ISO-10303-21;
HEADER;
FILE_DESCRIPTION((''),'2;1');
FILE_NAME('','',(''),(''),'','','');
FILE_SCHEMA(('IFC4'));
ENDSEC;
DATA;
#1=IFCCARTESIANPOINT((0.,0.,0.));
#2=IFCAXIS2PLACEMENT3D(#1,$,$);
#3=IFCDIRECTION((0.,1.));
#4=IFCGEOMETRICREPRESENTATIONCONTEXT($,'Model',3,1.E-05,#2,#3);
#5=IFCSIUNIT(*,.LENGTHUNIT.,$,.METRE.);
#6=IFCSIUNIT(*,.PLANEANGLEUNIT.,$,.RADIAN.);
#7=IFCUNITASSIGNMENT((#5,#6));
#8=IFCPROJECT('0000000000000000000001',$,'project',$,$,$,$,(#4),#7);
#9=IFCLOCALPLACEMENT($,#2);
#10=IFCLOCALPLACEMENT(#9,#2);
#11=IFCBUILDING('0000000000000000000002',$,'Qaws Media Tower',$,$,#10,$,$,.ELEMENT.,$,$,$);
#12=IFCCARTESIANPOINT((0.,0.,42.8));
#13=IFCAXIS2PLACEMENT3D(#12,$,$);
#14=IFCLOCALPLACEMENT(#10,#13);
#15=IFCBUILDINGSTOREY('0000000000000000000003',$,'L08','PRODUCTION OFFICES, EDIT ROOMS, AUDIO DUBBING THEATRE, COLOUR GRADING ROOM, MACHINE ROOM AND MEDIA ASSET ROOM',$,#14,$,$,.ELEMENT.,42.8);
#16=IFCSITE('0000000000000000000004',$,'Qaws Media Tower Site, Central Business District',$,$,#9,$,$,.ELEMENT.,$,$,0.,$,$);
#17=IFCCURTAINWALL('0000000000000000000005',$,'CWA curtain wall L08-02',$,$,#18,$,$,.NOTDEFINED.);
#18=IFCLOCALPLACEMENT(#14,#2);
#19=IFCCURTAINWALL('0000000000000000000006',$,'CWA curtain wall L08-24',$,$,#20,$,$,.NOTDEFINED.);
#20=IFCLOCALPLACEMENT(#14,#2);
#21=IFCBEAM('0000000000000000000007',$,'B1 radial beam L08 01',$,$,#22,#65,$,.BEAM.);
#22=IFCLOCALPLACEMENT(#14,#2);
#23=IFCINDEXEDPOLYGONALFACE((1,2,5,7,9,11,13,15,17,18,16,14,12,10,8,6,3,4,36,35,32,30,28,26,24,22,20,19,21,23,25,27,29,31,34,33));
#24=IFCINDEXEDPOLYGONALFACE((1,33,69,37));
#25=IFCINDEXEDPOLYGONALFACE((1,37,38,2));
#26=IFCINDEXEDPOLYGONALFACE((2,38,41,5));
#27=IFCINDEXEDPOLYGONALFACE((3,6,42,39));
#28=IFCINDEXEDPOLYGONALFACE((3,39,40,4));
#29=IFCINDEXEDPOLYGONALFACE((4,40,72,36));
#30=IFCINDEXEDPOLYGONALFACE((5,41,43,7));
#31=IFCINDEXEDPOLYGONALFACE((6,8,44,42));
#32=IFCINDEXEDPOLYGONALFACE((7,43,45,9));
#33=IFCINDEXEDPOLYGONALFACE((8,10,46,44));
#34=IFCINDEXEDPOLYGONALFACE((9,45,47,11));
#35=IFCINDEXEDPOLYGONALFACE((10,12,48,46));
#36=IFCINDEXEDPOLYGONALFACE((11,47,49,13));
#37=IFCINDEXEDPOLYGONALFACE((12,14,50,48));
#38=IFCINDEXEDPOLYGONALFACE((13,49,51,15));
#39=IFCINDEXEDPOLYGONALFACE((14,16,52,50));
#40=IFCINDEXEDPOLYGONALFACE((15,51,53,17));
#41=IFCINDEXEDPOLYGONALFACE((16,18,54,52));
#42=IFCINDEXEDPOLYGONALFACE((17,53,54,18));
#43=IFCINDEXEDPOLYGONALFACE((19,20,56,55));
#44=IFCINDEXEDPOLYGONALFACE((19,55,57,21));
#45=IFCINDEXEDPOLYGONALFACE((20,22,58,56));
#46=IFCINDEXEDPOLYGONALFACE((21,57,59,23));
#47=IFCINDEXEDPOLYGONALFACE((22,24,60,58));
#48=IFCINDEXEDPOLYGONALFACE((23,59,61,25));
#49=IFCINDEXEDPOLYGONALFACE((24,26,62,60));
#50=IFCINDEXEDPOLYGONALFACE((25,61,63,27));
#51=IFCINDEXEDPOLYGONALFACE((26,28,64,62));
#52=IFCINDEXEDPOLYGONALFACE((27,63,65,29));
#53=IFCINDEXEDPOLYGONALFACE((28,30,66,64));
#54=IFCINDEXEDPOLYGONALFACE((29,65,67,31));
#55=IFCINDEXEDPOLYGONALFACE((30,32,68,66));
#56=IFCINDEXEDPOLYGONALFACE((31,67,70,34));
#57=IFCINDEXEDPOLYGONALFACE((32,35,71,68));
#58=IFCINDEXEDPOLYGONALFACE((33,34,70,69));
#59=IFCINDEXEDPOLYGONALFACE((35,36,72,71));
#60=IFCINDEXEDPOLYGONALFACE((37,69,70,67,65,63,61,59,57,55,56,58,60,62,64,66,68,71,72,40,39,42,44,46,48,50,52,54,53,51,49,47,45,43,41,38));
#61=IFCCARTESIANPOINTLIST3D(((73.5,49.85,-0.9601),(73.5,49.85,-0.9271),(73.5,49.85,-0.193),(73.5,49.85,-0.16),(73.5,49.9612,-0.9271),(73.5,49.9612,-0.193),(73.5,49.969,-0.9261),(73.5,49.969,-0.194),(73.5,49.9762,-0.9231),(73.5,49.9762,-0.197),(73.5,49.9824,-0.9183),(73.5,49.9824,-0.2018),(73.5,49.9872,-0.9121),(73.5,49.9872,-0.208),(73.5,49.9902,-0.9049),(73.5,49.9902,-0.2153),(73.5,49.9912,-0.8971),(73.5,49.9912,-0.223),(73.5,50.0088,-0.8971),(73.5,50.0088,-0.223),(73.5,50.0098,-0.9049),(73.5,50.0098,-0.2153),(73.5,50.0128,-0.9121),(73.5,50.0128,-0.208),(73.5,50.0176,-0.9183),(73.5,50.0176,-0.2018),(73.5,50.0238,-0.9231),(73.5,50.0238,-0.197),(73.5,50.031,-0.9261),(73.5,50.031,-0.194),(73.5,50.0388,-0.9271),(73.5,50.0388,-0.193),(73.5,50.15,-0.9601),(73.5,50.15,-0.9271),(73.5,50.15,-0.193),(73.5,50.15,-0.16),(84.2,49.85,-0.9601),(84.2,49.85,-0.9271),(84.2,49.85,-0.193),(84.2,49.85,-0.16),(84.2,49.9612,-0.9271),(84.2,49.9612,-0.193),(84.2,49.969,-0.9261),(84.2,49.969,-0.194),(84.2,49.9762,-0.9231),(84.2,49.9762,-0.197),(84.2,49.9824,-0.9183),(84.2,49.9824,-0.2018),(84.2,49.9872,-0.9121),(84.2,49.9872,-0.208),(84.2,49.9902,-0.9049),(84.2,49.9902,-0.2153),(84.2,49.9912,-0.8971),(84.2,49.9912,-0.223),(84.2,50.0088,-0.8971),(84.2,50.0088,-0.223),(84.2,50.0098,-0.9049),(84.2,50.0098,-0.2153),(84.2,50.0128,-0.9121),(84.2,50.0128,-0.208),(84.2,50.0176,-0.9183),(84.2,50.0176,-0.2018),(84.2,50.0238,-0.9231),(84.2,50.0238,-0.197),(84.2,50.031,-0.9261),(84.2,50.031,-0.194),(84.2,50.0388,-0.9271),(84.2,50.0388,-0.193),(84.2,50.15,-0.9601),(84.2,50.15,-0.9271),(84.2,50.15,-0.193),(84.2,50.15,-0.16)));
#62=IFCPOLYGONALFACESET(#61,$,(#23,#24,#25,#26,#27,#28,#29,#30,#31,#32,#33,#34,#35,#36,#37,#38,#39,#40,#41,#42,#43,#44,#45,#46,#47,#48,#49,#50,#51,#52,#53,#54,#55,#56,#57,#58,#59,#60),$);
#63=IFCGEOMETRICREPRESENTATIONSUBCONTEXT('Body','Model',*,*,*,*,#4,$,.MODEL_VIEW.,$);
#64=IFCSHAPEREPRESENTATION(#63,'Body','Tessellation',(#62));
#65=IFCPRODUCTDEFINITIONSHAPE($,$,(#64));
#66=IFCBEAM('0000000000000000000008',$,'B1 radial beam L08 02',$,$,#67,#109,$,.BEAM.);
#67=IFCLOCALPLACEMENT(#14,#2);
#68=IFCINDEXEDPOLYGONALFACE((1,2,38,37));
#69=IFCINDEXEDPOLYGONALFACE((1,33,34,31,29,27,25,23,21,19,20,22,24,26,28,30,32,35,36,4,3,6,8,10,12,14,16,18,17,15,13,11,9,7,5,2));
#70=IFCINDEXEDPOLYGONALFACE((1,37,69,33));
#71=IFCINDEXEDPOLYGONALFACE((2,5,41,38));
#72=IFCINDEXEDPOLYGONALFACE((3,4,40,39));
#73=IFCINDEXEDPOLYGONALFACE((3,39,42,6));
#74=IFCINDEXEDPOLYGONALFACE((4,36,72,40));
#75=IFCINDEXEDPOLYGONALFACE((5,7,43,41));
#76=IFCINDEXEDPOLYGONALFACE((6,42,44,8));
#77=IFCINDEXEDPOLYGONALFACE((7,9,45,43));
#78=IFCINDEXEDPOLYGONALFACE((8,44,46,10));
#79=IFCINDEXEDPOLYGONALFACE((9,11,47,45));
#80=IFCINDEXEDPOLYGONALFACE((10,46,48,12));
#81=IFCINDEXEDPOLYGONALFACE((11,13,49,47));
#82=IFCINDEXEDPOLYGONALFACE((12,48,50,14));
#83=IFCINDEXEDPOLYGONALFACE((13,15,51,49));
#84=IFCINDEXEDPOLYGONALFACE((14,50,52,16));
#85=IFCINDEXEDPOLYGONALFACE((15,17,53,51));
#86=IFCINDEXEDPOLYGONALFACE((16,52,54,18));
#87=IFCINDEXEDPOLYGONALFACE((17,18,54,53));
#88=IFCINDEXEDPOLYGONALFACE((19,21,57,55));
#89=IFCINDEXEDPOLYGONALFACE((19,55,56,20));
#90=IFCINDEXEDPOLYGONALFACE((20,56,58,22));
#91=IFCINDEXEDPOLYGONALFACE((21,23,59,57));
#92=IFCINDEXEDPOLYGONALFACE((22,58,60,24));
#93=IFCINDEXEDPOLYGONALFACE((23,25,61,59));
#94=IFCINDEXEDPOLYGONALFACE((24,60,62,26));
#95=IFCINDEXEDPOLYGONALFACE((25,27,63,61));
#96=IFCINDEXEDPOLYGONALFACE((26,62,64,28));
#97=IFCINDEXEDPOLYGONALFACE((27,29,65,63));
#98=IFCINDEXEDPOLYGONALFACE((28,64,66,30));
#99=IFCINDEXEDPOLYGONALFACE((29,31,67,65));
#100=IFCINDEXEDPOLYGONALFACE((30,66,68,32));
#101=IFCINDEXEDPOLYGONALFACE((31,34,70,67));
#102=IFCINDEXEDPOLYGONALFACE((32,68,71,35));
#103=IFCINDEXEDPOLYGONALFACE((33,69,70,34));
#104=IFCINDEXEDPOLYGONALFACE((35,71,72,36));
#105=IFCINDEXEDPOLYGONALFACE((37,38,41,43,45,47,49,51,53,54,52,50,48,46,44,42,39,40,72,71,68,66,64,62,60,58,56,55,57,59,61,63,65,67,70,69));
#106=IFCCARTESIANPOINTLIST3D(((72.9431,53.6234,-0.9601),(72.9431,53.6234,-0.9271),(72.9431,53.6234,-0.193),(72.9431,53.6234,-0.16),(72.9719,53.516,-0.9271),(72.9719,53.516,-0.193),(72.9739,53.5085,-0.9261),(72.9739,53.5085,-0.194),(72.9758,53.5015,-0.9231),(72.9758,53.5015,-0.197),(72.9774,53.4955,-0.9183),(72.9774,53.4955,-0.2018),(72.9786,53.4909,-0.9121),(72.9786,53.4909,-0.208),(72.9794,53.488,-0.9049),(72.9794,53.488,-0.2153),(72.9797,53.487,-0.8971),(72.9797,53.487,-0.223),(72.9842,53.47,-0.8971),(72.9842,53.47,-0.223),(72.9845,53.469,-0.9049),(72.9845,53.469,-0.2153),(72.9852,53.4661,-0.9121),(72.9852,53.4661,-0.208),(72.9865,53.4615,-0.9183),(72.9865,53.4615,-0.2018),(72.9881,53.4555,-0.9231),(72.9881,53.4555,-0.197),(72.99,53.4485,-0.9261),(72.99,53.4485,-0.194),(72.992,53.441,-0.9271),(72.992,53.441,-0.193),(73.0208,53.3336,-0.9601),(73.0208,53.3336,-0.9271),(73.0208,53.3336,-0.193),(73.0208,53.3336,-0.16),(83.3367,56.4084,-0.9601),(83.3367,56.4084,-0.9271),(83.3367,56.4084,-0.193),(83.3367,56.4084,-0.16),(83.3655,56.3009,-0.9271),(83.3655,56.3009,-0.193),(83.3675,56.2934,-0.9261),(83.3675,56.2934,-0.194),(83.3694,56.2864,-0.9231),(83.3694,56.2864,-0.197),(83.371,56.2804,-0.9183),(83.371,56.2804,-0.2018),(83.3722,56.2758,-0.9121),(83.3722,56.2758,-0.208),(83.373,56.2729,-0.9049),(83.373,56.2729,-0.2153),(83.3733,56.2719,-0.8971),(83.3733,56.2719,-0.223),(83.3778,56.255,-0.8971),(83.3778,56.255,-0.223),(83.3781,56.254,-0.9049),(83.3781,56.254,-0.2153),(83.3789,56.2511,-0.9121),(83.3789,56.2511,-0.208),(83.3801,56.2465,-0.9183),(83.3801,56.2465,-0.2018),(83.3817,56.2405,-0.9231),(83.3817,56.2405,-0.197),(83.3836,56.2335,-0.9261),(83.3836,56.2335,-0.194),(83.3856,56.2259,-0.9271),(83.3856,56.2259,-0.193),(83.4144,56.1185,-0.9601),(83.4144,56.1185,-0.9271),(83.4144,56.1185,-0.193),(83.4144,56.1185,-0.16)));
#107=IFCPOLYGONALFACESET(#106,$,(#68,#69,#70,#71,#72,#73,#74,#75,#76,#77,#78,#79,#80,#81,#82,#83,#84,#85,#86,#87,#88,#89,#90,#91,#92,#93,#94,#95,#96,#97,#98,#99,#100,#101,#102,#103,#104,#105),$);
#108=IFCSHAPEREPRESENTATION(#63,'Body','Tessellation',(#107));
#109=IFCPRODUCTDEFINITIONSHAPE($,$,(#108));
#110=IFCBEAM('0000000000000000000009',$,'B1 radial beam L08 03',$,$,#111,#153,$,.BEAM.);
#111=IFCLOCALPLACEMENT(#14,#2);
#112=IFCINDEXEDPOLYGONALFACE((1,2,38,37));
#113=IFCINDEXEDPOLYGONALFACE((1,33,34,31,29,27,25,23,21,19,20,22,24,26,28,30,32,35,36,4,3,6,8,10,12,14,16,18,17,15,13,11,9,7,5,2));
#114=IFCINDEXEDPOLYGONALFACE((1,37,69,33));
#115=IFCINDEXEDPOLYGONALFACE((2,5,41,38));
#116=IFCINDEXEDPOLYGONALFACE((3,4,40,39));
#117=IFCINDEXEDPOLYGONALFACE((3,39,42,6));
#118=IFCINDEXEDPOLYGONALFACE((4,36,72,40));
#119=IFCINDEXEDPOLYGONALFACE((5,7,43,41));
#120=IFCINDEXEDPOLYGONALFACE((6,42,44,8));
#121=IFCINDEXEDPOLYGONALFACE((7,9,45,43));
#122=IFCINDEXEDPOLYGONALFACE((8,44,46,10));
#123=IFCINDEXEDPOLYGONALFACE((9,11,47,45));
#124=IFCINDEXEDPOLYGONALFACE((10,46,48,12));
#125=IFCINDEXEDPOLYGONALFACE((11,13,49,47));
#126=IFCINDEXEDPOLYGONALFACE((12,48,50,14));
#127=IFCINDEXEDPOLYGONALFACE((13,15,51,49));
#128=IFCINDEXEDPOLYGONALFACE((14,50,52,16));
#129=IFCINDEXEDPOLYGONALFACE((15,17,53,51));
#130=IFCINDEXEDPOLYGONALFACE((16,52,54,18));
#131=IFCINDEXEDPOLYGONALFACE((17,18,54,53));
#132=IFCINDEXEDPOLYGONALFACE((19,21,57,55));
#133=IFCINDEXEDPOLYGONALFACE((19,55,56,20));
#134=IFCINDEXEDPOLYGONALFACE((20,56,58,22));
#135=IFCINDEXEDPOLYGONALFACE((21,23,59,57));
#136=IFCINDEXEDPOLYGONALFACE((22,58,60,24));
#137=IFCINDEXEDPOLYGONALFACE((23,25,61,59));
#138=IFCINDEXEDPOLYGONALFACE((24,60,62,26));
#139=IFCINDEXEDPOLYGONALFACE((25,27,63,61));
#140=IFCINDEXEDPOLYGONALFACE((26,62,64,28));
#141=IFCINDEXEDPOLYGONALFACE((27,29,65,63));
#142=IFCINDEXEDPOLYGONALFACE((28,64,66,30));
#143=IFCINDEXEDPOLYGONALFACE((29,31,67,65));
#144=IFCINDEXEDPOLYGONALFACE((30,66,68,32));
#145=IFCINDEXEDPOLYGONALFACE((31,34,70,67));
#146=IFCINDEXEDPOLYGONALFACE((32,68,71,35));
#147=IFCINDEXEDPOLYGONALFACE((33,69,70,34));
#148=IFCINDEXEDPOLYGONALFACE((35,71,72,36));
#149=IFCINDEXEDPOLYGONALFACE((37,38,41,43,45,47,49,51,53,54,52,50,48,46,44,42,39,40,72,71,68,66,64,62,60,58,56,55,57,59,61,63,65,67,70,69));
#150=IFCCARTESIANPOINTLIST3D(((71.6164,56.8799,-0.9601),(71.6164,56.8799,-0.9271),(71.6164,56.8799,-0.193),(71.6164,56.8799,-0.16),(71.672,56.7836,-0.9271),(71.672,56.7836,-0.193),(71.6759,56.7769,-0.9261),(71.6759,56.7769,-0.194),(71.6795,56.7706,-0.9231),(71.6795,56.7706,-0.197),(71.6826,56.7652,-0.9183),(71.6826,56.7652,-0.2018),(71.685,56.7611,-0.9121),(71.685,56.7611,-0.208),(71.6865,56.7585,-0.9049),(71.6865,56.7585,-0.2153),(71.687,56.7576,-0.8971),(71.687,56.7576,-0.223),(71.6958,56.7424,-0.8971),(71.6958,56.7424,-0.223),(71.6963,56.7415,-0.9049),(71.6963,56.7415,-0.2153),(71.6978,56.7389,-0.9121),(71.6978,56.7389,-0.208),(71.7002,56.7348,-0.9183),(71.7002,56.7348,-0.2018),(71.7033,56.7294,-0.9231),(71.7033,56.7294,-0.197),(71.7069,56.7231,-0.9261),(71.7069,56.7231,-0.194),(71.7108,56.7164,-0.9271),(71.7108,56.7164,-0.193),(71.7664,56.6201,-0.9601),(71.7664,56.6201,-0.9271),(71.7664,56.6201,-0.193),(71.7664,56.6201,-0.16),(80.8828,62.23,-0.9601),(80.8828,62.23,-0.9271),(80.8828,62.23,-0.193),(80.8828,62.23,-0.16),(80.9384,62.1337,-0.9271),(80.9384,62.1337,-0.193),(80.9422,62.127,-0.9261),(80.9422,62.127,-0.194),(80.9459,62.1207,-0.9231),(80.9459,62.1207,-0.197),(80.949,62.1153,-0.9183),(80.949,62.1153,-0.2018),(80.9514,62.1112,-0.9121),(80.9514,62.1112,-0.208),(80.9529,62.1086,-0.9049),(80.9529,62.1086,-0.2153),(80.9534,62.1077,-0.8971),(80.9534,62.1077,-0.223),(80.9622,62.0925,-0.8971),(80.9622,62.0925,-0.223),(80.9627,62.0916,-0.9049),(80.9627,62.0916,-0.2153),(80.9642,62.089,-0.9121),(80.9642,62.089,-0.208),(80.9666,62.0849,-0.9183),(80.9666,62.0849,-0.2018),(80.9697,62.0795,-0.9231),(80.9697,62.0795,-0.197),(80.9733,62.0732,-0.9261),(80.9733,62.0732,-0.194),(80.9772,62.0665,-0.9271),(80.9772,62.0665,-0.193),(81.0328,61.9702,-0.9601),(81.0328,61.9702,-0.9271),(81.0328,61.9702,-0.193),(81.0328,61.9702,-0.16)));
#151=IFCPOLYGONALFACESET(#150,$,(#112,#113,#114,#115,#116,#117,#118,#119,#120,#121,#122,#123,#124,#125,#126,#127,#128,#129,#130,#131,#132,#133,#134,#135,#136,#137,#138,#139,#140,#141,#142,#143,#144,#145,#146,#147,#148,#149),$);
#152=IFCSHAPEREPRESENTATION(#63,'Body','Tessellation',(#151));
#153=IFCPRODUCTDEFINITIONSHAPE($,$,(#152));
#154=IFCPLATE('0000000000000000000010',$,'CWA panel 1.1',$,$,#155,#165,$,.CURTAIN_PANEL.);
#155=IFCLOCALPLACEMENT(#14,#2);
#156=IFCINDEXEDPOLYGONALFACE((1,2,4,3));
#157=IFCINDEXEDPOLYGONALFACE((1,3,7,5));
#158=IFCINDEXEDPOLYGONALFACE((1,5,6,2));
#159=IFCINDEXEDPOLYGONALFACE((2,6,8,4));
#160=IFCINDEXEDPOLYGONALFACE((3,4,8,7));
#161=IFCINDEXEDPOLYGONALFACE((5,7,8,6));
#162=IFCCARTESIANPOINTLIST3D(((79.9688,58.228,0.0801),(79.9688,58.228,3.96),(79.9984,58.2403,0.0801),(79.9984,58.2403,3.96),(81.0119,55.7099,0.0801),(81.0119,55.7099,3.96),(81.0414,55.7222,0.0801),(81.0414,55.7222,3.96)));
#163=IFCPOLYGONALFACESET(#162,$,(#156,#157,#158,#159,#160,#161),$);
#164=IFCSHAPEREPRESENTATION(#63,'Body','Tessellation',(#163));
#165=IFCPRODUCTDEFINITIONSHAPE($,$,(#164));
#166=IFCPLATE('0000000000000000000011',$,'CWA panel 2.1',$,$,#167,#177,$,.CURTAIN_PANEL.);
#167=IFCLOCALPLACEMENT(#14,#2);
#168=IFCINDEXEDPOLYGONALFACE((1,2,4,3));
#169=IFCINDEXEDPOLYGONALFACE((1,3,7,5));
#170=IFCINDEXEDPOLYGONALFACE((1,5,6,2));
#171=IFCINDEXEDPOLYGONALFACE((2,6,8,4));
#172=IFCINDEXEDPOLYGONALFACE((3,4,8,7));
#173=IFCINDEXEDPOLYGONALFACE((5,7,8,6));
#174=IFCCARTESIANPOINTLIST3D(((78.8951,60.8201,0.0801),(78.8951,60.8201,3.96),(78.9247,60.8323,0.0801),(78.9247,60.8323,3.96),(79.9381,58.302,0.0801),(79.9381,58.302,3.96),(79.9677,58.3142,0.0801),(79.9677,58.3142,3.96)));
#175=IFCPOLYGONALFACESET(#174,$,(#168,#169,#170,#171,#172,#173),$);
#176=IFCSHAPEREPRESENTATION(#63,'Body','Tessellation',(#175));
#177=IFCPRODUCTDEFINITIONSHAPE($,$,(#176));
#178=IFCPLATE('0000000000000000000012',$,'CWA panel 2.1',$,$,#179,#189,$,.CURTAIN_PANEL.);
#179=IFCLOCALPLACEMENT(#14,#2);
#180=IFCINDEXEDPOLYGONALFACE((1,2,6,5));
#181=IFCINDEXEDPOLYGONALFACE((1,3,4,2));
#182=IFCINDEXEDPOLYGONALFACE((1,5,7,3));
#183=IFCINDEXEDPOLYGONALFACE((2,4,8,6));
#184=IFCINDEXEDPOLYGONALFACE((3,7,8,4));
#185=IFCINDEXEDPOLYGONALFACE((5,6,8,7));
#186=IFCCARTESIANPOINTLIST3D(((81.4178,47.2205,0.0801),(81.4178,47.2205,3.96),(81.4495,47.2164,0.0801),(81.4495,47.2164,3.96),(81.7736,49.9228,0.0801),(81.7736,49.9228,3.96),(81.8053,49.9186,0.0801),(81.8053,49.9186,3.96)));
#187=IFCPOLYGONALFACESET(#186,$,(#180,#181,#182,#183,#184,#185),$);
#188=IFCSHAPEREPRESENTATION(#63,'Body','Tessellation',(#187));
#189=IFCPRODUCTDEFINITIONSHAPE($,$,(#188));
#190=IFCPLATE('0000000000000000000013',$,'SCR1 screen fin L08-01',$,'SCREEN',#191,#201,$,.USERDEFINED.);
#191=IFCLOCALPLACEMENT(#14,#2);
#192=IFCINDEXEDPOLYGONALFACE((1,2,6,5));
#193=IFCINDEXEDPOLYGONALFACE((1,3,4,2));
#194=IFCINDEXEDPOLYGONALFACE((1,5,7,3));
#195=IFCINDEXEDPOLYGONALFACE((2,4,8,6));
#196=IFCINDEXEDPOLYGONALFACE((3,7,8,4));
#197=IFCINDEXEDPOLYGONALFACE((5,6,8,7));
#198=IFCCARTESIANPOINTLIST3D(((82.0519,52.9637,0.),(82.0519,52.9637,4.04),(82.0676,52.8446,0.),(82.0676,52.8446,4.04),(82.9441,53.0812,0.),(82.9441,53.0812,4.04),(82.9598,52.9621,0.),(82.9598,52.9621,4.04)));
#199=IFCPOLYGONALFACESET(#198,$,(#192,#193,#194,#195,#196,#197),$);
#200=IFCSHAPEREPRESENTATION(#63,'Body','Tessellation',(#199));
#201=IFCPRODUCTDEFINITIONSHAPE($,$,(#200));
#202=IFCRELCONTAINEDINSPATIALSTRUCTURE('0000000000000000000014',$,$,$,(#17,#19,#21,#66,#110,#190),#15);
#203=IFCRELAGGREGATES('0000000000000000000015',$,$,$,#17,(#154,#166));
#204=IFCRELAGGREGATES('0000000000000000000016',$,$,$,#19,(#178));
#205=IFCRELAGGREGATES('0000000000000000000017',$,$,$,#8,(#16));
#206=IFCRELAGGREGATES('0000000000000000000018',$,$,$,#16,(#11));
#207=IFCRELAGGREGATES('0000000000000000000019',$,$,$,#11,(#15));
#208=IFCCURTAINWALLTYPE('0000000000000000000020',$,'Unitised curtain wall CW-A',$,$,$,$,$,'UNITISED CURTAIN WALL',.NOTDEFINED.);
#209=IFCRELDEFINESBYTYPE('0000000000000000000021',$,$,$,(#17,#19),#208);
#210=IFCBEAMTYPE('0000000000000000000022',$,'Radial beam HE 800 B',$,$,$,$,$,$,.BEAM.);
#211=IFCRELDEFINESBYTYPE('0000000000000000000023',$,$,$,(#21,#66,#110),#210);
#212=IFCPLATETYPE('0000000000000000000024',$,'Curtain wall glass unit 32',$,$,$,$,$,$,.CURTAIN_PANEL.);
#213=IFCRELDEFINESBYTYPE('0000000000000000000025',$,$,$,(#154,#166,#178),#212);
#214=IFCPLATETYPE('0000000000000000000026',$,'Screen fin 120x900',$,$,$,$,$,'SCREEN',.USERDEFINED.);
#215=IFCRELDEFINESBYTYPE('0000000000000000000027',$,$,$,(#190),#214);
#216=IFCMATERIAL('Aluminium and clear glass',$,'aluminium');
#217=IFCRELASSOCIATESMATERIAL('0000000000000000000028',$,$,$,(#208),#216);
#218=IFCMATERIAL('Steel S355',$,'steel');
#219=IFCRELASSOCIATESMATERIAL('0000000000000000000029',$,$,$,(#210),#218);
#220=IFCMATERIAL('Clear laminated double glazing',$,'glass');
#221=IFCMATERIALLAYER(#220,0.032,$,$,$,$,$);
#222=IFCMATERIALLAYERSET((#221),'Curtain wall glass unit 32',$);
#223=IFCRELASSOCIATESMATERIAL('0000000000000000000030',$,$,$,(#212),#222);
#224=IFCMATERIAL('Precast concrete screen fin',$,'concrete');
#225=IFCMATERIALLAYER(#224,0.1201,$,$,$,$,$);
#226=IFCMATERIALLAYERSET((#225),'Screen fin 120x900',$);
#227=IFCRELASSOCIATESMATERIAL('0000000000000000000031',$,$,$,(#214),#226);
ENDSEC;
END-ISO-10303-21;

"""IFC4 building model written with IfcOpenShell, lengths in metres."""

from ifc_helpers import new_model, si_unit, direction, frame, origin, origin_2d, place, context, subcontext, project, spatial, rectangle, i_section, extrude, material, layer, layer_set, material_profile, profile_set, type_object, element, aggregate, save


model = new_model("IFC4")

# Units and contexts
model_context = context("Model", 3, precision=1e-05, world=origin(), true_north=direction((0.0, 1.0)))
body_context = subcontext(model_context, "Body", "Model", "MODEL_VIEW")
ifc_project = project(units=[si_unit("LENGTHUNIT", "METRE"), si_unit("PLANEANGLEUNIT", "RADIAN")], contexts=[model_context])

# Site, building, storey
site_placement = place(None, origin())
site = spatial("IfcSite", under=ifc_project, at=site_placement, Name="Qaws Media Tower Site, Central Business District", CompositionType="ELEMENT", RefElevation=0.0)
building_placement = place(site_placement, origin())
building = spatial("IfcBuilding", under=site, at=building_placement, Name="Qaws Media Tower", CompositionType="ELEMENT")
storey_placement = place(building_placement, frame((0.0, 0.0, 42.8)))
storey = spatial("IfcBuildingStorey", under=building, at=storey_placement, Name="L08", Description="PRODUCTION OFFICES, EDIT ROOMS, AUDIO DUBBING THEATRE, COLOUR GRADING ROOM, MACHINE ROOM AND MEDIA ASSET ROOM", CompositionType="ELEMENT", Elevation=42.8)

# Curtain wall
ifc_material_1 = material(Name="Aluminium and clear glass", Category="aluminium")
curtain_wall_type = type_object("IfcCurtainWallType", Name="Unitised curtain wall CW-A", ElementType="UNITISED CURTAIN WALL", PredefinedType="NOTDEFINED", material=ifc_material_1)
curtain_wall_1_placement = place(storey_placement, origin())
curtain_wall_1 = element("IfcCurtainWall", 1, at=curtain_wall_1_placement, inside=storey, type_object=curtain_wall_type, Name="CWA curtain wall L08-02", PredefinedType="NOTDEFINED")

# Curtain wall
curtain_wall_2_placement = place(storey_placement, origin())
curtain_wall_2 = element("IfcCurtainWall", 2, at=curtain_wall_2_placement, inside=storey, type_object=curtain_wall_type, Name="CWA curtain wall L08-24", PredefinedType="NOTDEFINED")

# Beams
ifc_material_2 = material(Name="Steel S355", Category="steel")
ifc_material_profile_1 = material_profile(ifc_material_2, i_section(OverallWidth=0.3, OverallDepth=0.8, WebThickness=0.0176, FlangeThickness=0.033, FilletRadius=0.03, at=origin_2d()), Name="HE 800 B")
ifc_profile_set_1 = profile_set([ifc_material_profile_1], Name="Steel S355")
beam_type_1 = type_object("IfcBeamType", Name="Radial beam HE 800 B", PredefinedType="BEAM", material=ifc_profile_set_1)
beam_1_placement = place(storey_placement, frame((73.5, 50.0, -0.5601), z_axis=(1.0, 0.0, 0.0), x_axis=(0.0, 1.0, 0.0)))
element("IfcBeam", 3, at=beam_1_placement, inside=storey, type_object=beam_type_1, Name="B1 radial beam L08 01", PredefinedType="BEAM", context=body_context, shape_type="SweptSolid", body=[
    extrude(i_section(OverallWidth=0.3, OverallDepth=0.8, WebThickness=0.0176, FlangeThickness=0.033, FilletRadius=0.03, at=origin_2d()), origin(), (0.0, 0.0, 1.0), 10.7),
])
beam_2_placement = place(storey_placement, frame((72.9819, 53.4785, -0.5601), z_axis=(0.965927, 0.258816, 0.0), x_axis=(-0.258816, 0.965927, 0.0)))
element("IfcBeam", 4, at=beam_2_placement, inside=storey, type_object=beam_type_1, Name="B1 radial beam L08 02", PredefinedType="BEAM", context=body_context, shape_type="SweptSolid", body=[
    extrude(i_section(OverallWidth=0.3, OverallDepth=0.8, WebThickness=0.0176, FlangeThickness=0.033, FilletRadius=0.03, at=origin_2d()), origin(), (0.0, 0.0, 1.0), 10.7603),
])
beam_3_placement = place(storey_placement, frame((71.6914, 56.75, -0.5601), z_axis=(0.866019, 0.500011, 0.0), x_axis=(-0.500011, 0.866019, 0.0)))
element("IfcBeam", 5, at=beam_3_placement, inside=storey, type_object=beam_type_1, Name="B1 radial beam L08 03", PredefinedType="BEAM", context=body_context, shape_type="SweptSolid", body=[
    extrude(i_section(OverallWidth=0.3, OverallDepth=0.8, WebThickness=0.0176, FlangeThickness=0.033, FilletRadius=0.03, at=origin_2d()), origin(), (0.0, 0.0, 1.0), 10.7),
])

# Plates
ifc_material_3 = material(Name="Clear laminated double glazing", Category="glass")
ifc_layer_1 = layer(ifc_material_3, 0.032)
ifc_layer_set_1 = layer_set([ifc_layer_1], Name="Curtain wall glass unit 32")
plate_type_1 = type_object("IfcPlateType", Name="Curtain wall glass unit 32", PredefinedType="CURTAIN_PANEL", material=ifc_layer_set_1)
plate_1_placement = place(storey_placement, frame((80.5051, 56.9751, 0.0801), z_axis=(0.0, 0.0, 1.0), x_axis=(-0.382683, 0.92388, 0.0)))
plate_1 = element("IfcPlate", 6, at=plate_1_placement, type_object=plate_type_1, Name="CWA panel 1.1", PredefinedType="CURTAIN_PANEL", context=body_context, shape_type="SweptSolid", body=[
    extrude(rectangle(XDim=2.7256, YDim=0.032, at=origin_2d()), origin(), (0.0, 0.0, 1.0), 3.8799),
])
plate_2_placement = place(storey_placement, frame((79.4314, 59.5671, 0.0801), z_axis=(0.0, 0.0, 1.0), x_axis=(-0.382683, 0.92388, 0.0)))
plate_2 = element("IfcPlate", 7, at=plate_2_placement, type_object=plate_type_1, Name="CWA panel 2.1", PredefinedType="CURTAIN_PANEL", context=body_context, shape_type="SweptSolid", body=[
    extrude(rectangle(XDim=2.7256, YDim=0.032, at=origin_2d()), origin(), (0.0, 0.0, 1.0), 3.8799),
])
aggregate(curtain_wall_1, [plate_1, plate_2])
plate_3_placement = place(storey_placement, frame((81.6116, 48.5696, 0.0801), z_axis=(0.0, 0.0, 1.0), x_axis=(0.130526, 0.991445, 0.0)))
plate_3 = element("IfcPlate", 8, at=plate_3_placement, type_object=plate_type_1, Name="CWA panel 2.1", PredefinedType="CURTAIN_PANEL", context=body_context, shape_type="SweptSolid", body=[
    extrude(rectangle(XDim=2.7256, YDim=0.032, at=origin_2d()), origin(), (0.0, 0.0, 1.0), 3.8799),
])
aggregate(curtain_wall_2, [plate_3])
ifc_material_4 = material(Name="Precast concrete screen fin", Category="concrete")
ifc_layer_2 = layer(ifc_material_4, 0.1201)
ifc_layer_set_2 = layer_set([ifc_layer_2], Name="Screen fin 120x900")
plate_type_2 = type_object("IfcPlateType", Name="Screen fin 120x900", ElementType="SCREEN", PredefinedType="USERDEFINED", material=ifc_layer_set_2)
plate_4_placement = place(storey_placement, frame((82.5059, 52.9629, 0.0), z_axis=(0.0, 0.0, 1.0), x_axis=(0.991445, 0.130526, 0.0)))
element("IfcPlate", 9, at=plate_4_placement, inside=storey, type_object=plate_type_2, Name="SCR1 screen fin L08-01", ObjectType="SCREEN", PredefinedType="USERDEFINED", context=body_context, shape_type="SweptSolid", body=[
    extrude(rectangle(XDim=0.8999, YDim=0.1201, at=origin_2d()), origin(), (0.0, 0.0, 1.0), 4.04),
])

save(model, "model.ifc")
